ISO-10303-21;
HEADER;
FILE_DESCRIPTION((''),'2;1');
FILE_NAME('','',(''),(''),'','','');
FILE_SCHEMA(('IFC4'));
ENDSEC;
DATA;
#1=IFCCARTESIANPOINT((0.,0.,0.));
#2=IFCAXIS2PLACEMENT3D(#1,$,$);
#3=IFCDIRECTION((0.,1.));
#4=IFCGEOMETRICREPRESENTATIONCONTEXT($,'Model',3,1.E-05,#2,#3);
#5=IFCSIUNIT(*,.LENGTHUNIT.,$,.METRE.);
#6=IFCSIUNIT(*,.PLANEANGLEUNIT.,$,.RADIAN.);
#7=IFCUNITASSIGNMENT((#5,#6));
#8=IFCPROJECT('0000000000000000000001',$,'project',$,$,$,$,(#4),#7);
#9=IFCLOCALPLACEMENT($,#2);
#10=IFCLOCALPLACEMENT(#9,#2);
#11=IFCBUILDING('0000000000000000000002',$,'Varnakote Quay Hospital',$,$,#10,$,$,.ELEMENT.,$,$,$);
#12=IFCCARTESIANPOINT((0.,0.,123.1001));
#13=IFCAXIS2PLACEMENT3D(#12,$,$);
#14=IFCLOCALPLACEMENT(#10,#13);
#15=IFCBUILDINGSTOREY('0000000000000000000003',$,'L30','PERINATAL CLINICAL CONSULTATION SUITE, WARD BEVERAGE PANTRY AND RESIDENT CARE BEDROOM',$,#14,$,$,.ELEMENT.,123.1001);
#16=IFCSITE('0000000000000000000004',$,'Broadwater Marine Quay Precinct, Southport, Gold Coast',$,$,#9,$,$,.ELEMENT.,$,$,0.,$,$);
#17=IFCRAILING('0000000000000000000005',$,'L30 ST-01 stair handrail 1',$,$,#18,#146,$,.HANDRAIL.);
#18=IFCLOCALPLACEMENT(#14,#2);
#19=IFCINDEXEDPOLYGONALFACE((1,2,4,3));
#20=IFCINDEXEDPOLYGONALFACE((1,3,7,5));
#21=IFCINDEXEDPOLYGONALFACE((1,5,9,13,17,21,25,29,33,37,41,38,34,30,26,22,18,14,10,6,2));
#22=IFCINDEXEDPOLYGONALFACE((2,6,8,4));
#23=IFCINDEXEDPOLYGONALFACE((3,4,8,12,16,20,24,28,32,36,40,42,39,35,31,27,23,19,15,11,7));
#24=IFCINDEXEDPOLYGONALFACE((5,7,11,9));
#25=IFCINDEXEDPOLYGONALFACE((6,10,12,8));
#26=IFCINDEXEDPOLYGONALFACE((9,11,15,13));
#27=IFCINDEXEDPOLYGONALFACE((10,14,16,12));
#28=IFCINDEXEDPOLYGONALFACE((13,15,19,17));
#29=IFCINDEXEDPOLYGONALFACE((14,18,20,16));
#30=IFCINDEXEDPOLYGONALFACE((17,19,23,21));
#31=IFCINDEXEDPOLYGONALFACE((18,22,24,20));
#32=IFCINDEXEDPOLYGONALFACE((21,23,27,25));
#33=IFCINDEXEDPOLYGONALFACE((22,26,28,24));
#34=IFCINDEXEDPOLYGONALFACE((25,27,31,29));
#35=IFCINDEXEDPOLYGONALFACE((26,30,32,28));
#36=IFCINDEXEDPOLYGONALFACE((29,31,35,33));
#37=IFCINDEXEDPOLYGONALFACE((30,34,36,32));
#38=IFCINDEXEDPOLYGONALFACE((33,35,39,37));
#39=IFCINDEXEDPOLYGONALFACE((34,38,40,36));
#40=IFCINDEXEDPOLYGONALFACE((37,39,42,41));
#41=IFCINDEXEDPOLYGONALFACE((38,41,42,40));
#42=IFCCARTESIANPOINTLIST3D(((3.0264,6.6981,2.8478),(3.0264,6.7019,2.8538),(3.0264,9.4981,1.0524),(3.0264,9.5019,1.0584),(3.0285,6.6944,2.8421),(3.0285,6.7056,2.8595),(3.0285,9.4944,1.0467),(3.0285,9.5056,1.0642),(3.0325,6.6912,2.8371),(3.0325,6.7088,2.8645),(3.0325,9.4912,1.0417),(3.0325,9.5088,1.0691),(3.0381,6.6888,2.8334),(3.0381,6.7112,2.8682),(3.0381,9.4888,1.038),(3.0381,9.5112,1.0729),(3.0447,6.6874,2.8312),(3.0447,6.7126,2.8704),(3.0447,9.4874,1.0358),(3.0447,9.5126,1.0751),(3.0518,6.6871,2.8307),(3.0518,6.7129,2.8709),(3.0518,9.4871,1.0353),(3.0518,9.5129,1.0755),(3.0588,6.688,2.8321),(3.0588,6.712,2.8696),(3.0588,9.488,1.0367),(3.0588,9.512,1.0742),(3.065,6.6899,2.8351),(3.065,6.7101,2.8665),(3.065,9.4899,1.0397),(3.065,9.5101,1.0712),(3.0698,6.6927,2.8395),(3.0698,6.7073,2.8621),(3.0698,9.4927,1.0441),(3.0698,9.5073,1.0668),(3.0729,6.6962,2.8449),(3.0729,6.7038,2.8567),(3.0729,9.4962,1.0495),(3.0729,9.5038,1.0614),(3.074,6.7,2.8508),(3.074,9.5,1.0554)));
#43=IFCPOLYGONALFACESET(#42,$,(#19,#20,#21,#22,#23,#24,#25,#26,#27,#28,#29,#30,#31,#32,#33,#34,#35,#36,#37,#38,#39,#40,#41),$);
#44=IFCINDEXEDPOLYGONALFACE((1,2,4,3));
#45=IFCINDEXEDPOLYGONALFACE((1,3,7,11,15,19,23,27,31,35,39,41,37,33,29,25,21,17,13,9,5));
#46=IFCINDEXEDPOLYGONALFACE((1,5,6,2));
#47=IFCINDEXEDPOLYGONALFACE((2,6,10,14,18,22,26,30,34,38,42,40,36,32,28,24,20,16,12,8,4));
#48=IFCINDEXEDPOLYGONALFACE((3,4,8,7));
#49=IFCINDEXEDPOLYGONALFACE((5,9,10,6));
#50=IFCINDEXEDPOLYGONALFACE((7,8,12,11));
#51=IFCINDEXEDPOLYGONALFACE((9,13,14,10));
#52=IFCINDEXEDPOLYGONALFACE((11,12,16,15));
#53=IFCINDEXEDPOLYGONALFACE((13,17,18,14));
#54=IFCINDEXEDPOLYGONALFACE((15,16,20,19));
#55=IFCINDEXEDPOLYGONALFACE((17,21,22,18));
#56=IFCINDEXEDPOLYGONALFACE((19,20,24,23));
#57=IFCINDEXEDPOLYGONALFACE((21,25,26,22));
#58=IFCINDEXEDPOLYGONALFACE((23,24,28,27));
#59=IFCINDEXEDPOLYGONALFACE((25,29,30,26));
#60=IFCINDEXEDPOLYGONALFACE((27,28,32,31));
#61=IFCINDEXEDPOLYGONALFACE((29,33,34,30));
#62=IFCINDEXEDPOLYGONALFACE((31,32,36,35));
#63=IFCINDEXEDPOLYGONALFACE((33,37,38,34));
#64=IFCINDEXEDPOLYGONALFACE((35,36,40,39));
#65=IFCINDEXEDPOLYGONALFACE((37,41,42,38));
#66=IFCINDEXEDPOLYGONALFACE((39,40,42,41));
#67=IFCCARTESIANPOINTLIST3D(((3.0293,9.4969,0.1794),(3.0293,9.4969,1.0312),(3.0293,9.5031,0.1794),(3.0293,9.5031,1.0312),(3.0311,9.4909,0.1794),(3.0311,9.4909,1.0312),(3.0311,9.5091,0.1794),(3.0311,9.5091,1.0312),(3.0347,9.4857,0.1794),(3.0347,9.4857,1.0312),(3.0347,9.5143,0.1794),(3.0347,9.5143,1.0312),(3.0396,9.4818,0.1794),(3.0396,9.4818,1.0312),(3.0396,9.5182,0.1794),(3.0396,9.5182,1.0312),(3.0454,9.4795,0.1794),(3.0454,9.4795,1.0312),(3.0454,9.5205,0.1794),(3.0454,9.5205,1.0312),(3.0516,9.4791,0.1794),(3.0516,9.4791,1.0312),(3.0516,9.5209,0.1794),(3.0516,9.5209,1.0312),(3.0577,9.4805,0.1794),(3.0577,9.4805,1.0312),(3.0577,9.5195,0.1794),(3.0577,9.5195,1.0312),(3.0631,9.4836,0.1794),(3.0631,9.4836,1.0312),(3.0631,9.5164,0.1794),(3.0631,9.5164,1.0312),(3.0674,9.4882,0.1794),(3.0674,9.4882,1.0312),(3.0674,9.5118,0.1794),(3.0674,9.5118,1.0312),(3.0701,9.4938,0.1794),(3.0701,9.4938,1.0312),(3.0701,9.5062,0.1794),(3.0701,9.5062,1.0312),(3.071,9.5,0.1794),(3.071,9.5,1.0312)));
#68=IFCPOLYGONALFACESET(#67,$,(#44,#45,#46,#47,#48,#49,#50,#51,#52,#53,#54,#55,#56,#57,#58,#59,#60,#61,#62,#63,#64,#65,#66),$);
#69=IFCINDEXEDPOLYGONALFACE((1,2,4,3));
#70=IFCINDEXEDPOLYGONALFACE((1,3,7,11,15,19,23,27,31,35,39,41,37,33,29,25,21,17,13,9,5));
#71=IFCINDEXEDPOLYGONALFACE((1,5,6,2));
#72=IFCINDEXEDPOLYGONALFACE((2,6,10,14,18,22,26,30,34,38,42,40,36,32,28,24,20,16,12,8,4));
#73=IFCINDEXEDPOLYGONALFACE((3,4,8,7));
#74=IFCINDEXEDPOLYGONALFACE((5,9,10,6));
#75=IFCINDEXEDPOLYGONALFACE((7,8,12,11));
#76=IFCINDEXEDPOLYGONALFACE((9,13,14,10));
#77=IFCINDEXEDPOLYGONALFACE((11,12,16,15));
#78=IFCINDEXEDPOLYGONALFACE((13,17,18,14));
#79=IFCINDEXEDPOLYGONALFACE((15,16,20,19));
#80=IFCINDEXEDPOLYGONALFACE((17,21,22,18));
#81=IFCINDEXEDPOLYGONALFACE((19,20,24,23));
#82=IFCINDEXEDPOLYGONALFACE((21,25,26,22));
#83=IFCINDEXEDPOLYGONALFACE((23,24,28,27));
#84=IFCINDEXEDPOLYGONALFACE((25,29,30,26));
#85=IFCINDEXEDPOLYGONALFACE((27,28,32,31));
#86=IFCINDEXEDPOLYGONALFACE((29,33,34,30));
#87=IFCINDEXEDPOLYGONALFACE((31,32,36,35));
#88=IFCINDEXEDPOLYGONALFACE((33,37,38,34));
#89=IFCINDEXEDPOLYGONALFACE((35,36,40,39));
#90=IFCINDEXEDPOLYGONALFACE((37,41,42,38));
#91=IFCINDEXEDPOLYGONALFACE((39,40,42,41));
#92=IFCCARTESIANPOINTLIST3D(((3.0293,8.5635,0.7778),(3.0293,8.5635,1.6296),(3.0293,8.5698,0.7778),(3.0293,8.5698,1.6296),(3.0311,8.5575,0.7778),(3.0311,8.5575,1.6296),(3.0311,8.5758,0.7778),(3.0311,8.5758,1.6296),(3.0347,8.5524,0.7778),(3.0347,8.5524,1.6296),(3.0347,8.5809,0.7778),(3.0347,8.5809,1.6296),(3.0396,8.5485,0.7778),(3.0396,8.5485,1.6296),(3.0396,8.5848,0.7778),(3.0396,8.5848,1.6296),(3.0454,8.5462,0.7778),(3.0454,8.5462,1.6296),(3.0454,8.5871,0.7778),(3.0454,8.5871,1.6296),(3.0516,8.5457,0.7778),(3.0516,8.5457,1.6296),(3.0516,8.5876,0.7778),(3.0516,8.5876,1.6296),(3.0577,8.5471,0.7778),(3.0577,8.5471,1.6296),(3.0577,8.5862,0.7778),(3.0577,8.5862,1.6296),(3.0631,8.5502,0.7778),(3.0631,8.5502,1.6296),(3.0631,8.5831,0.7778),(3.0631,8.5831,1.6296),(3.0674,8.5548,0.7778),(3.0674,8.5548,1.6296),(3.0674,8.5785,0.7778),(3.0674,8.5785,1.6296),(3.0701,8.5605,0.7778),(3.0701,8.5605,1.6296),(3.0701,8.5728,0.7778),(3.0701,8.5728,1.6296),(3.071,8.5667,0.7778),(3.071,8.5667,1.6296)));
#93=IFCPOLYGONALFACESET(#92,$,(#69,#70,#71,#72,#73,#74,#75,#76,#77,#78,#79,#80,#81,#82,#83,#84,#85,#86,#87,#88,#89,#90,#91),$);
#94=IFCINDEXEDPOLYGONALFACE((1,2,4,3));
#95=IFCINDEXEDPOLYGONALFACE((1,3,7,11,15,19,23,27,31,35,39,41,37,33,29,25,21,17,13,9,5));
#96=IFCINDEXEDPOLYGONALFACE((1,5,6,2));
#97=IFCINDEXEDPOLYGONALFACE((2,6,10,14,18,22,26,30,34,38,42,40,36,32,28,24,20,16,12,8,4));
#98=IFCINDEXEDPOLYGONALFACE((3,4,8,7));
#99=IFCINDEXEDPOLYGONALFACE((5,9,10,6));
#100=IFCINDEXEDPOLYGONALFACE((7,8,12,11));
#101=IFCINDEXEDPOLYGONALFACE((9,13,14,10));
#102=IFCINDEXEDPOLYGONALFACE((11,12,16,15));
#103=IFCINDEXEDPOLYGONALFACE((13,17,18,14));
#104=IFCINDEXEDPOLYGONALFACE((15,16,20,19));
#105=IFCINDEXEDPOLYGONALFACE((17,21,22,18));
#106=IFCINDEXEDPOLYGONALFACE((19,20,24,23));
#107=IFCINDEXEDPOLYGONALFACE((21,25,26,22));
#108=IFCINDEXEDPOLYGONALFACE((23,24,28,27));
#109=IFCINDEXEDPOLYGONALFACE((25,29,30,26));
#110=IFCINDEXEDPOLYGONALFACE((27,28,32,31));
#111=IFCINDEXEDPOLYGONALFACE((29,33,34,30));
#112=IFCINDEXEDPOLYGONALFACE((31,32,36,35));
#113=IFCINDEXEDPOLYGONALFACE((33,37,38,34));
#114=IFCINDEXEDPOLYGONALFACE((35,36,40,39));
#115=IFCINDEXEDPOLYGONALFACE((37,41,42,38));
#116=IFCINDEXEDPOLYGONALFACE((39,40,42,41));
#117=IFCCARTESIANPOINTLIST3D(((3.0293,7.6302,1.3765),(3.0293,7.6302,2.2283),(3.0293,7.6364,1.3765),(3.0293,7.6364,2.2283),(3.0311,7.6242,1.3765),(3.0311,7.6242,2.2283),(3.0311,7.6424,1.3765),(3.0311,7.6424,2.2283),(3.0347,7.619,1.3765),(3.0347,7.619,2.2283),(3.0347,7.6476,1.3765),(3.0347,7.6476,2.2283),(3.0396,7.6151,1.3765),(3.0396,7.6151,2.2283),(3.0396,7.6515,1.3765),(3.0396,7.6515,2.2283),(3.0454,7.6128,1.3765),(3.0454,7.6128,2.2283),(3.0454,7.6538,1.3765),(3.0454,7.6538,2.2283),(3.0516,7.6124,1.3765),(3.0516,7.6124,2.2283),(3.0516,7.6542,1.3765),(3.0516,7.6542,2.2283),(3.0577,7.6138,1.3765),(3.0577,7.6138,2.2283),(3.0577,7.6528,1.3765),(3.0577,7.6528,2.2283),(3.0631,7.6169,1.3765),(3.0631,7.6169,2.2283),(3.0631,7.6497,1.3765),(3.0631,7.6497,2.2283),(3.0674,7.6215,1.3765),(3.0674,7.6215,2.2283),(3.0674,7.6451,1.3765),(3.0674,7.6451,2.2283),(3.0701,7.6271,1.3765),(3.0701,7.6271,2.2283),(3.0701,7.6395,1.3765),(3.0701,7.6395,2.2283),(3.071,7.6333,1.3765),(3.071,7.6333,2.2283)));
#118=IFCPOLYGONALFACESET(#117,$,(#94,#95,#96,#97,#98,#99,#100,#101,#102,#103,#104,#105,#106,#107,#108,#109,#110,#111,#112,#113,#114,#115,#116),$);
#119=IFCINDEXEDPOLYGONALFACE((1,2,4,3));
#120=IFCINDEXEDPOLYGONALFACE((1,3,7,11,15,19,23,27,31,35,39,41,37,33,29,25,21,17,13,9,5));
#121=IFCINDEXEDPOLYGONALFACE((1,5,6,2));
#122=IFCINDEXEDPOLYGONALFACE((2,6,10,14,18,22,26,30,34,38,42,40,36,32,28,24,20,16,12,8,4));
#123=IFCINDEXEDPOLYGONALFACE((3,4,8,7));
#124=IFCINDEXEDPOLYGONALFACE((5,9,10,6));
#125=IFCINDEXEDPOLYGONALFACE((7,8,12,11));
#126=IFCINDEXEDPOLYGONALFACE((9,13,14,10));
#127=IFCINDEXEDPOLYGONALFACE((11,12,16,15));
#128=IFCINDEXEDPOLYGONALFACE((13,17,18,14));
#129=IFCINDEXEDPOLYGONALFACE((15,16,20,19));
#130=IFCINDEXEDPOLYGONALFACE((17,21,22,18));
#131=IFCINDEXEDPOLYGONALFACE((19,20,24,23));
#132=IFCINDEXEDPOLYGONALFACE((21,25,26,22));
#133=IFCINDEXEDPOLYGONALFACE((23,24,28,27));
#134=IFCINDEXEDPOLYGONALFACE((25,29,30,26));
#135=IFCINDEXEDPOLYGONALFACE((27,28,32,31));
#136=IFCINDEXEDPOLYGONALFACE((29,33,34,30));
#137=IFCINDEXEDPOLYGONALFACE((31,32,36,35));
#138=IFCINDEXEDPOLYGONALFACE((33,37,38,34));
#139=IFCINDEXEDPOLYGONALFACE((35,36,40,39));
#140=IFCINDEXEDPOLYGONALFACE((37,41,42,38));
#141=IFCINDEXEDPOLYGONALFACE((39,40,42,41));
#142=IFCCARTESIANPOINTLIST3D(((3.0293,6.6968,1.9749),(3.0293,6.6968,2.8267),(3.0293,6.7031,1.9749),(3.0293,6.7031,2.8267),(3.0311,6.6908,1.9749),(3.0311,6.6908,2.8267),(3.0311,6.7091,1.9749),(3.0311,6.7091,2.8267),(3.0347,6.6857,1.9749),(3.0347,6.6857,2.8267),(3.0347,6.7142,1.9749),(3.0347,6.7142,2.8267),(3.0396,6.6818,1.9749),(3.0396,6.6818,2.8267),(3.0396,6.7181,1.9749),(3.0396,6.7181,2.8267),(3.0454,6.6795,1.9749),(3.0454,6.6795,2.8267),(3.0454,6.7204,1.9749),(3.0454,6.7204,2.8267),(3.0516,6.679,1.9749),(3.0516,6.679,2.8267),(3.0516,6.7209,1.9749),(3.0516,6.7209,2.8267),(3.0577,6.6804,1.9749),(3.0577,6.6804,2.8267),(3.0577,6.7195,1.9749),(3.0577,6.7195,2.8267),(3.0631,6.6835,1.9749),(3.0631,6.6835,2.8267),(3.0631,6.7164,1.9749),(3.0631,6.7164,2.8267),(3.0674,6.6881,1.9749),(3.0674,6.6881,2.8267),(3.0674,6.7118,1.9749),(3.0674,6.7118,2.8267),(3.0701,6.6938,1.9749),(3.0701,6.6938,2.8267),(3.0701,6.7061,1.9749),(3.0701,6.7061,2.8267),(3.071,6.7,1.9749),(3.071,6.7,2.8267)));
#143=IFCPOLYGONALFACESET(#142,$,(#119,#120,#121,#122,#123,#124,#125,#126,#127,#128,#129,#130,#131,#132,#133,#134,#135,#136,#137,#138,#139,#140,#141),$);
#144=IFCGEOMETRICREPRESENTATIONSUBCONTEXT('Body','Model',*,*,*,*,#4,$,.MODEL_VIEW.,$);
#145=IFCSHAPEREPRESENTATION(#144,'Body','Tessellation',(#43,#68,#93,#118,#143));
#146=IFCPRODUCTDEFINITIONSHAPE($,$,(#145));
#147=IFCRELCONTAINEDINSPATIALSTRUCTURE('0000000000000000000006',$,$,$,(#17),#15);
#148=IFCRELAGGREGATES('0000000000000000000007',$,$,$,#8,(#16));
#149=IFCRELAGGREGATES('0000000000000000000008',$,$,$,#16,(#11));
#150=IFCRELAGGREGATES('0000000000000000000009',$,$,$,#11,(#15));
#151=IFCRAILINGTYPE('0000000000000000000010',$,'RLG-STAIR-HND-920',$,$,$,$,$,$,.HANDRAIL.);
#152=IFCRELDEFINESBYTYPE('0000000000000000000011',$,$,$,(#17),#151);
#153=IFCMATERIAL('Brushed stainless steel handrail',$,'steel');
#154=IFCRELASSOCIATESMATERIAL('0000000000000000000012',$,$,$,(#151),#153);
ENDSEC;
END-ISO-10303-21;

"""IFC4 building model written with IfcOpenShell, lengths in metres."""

from ifc_helpers import new_model, si_unit, direction, frame, origin, origin_2d, place, context, subcontext, project, spatial, circle, extrude, material, type_object, element, save


model = new_model("IFC4")

# Units and contexts
model_context = context("Model", 3, precision=1e-05, world=origin(), true_north=direction((0.0, 1.0)))
body_context = subcontext(model_context, "Body", "Model", "MODEL_VIEW")
ifc_project = project(units=[si_unit("LENGTHUNIT", "METRE"), si_unit("PLANEANGLEUNIT", "RADIAN")], contexts=[model_context])

# Site, building, storey
site_placement = place(None, origin())
site = spatial("IfcSite", under=ifc_project, at=site_placement, Name="Broadwater Marine Quay Precinct, Southport, Gold Coast", CompositionType="ELEMENT", RefElevation=0.0)
building_placement = place(site_placement, origin())
building = spatial("IfcBuilding", under=site, at=building_placement, Name="Varnakote Quay Hospital", CompositionType="ELEMENT")
storey_placement = place(building_placement, frame((0.0, 0.0, 123.1001)))
storey = spatial("IfcBuildingStorey", under=building, at=storey_placement, Name="L30", Description="PERINATAL CLINICAL CONSULTATION SUITE, WARD BEVERAGE PANTRY AND RESIDENT CARE BEDROOM", CompositionType="ELEMENT", Elevation=123.1001)

# Railing
ifc_material_1 = material(Name="Brushed stainless steel handrail", Category="steel")
railing_type_1 = type_object("IfcRailingType", Name="RLG-STAIR-HND-920", PredefinedType="HANDRAIL", material=ifc_material_1)
railing_1_placement = place(storey_placement, frame((3.05, 9.5, 0.1794)))
element("IfcRailing", 1, at=railing_1_placement, inside=storey, type_object=railing_type_1, Name="L30 ST-01 stair handrail 1", PredefinedType="HANDRAIL", context=body_context, shape_type="SweptSolid", body=[
    extrude(circle(Radius=0.0239, at=origin_2d()), frame((0.0, 0.0, 0.876), z_axis=(0.0, -0.84181, 0.539774), x_axis=(1.0, 0.0, 0.0)), (0.0, 0.0, 1.0), 3.3262),
    extrude(circle(Radius=0.021, at=origin_2d()), origin(), (0.0, 0.0, 1.0), 0.8518),
    extrude(circle(Radius=0.021, at=origin_2d()), frame((0.0, -0.9333, 0.5984)), (0.0, 0.0, 1.0), 0.8518),
    extrude(circle(Radius=0.021, at=origin_2d()), frame((0.0, -1.8667, 1.197)), (0.0, 0.0, 1.0), 0.8518),
    extrude(circle(Radius=0.021, at=origin_2d()), frame((0.0, -2.8, 1.7954)), (0.0, 0.0, 1.0), 0.8518),
])

save(model, "model.ifc")
